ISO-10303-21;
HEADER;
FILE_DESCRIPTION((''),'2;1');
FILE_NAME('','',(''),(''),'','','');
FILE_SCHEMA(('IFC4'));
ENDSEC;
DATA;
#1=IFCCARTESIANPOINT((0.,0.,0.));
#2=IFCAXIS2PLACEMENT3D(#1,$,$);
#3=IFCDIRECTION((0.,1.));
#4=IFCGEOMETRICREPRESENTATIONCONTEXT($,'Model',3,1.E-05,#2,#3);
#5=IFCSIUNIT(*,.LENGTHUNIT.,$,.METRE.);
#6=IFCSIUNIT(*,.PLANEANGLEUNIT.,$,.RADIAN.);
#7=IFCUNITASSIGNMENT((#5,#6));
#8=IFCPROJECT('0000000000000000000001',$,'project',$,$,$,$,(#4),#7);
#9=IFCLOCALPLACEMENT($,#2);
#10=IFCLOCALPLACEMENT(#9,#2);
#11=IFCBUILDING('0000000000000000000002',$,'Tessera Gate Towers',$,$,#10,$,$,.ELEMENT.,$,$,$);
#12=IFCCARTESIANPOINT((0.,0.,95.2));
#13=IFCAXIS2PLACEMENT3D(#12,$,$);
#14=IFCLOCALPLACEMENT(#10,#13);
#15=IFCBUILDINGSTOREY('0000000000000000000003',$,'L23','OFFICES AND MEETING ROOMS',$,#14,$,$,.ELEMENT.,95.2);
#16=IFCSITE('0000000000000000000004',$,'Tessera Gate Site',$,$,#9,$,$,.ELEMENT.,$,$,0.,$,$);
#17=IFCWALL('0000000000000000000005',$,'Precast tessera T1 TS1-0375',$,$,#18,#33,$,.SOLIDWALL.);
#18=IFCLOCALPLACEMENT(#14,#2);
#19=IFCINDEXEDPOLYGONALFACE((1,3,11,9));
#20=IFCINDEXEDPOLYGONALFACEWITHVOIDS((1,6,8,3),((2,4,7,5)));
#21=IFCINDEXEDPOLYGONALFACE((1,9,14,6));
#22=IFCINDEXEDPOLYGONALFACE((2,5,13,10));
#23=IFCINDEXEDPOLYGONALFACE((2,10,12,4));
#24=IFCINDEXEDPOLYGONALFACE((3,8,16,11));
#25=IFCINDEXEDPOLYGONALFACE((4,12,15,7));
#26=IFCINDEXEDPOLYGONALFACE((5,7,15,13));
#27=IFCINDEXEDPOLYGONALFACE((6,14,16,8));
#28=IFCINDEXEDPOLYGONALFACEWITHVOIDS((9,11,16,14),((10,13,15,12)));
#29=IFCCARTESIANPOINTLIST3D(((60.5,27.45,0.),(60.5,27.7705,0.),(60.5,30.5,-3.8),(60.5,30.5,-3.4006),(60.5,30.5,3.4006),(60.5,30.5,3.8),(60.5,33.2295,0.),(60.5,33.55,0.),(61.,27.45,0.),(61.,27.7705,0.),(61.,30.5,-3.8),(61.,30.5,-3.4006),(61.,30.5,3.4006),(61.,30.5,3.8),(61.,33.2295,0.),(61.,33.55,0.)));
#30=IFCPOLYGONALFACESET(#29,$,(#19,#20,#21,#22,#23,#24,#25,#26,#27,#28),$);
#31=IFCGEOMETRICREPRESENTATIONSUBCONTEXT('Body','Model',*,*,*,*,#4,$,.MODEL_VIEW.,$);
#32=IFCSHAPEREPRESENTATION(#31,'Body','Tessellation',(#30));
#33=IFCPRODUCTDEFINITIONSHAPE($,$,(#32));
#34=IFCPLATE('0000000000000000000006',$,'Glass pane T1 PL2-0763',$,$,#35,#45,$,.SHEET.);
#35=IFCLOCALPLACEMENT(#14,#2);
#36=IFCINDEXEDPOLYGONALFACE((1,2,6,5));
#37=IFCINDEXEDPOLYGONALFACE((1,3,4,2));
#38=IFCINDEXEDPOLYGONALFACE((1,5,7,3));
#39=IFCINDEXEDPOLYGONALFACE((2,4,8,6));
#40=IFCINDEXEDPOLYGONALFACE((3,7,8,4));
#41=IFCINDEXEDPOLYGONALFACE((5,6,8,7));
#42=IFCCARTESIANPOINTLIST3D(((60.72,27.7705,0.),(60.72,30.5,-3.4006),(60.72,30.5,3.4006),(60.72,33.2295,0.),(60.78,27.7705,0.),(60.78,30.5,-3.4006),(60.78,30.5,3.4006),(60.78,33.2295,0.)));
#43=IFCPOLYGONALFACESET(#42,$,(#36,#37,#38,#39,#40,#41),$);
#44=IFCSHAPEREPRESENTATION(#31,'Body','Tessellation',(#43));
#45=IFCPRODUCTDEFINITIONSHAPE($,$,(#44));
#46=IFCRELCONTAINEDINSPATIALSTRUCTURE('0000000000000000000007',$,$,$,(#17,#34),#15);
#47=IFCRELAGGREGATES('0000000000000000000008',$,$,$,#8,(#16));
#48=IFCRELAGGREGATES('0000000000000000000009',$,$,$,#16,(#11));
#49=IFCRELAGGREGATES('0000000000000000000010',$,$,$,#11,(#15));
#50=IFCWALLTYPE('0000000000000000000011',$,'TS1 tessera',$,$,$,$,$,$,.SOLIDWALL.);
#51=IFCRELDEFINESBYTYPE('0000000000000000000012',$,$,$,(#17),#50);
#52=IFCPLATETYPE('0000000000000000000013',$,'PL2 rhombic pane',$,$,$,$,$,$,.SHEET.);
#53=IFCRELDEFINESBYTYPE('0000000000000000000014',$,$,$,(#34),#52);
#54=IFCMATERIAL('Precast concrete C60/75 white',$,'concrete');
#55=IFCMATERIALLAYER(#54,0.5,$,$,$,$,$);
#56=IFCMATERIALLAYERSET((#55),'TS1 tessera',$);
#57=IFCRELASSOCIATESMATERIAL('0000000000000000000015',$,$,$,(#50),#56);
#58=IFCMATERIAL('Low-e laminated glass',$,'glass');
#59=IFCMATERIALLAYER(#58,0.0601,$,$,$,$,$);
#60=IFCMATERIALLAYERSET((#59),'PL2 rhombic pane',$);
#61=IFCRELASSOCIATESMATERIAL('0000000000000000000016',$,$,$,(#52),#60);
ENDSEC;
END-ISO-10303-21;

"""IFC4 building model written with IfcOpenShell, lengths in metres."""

from ifc_helpers import new_model, si_unit, direction, frame, origin, place, context, subcontext, project, spatial, polyline, outline, extrude, source, transform, mapped, material, layer, layer_set, type_object, element, fill, save


model = new_model("IFC4")

# Units and contexts
model_context = context("Model", 3, precision=1e-05, world=origin(), true_north=direction((0.0, 1.0)))
body_context = subcontext(model_context, "Body", "Model", "MODEL_VIEW")
ifc_project = project(units=[si_unit("LENGTHUNIT", "METRE"), si_unit("PLANEANGLEUNIT", "RADIAN")], contexts=[model_context])

# Site, building, storey
site_placement = place(None, origin())
site = spatial("IfcSite", under=ifc_project, at=site_placement, Name="Tessera Gate Site", CompositionType="ELEMENT", RefElevation=0.0)
building_placement = place(site_placement, origin())
building = spatial("IfcBuilding", under=site, at=building_placement, Name="Tessera Gate Towers", CompositionType="ELEMENT")
storey_placement = place(building_placement, frame((0.0, 0.0, 95.2)))
storey = spatial("IfcBuildingStorey", under=building, at=storey_placement, Name="L23", Description="OFFICES AND MEETING ROOMS", CompositionType="ELEMENT", Elevation=95.2)

# Wall, opening, plate
ifc_material_1 = material(Name="Precast concrete C60/75 white", Category="concrete")
ifc_layer_1 = layer(ifc_material_1, 0.5)
ifc_layer_set_1 = layer_set([ifc_layer_1], Name="TS1 tessera")
wall_type_1 = type_object("IfcWallType", Name="TS1 tessera", PredefinedType="SOLIDWALL", material=ifc_layer_set_1)
shared_shape_1 = source(origin(), body_context, "Body", "SweptSolid", [
    extrude(outline(polyline([(3.05, 0.0), (6.1001, 3.8), (3.05, 7.6001), (0.0, 3.8), (3.05, 0.0)])), frame((0.0, 0.25, 0.0), z_axis=(0.0, -1.0, 0.0), x_axis=(1.0, 0.0, 0.0)), (0.0, 0.0, 1.0), 0.5),
])
shared_shape_2 = source(origin(), body_context, "Body", "SweptSolid", [
    extrude(outline(polyline([(3.05, 0.3994), (5.7795, 3.8), (3.05, 7.2007), (0.3206, 3.8), (3.05, 0.3994)])), frame((0.0, 0.26, 0.0), z_axis=(0.0, -1.0, 0.0), x_axis=(1.0, 0.0, 0.0)), (0.0, 0.0, 1.0), 0.52),
])
ifc_material_2 = material(Name="Low-e laminated glass", Category="glass")
ifc_layer_2 = layer(ifc_material_2, 0.0601)
ifc_layer_set_2 = layer_set([ifc_layer_2], Name="PL2 rhombic pane")
plate_type = type_object("IfcPlateType", Name="PL2 rhombic pane", PredefinedType="SHEET", material=ifc_layer_set_2)
shared_shape_3 = source(origin(), body_context, "Body", "SweptSolid", [
    extrude(outline(polyline([(3.05, 0.3994), (5.7795, 3.8), (3.05, 7.2007), (0.3206, 3.8), (3.05, 0.3994)])), frame((0.0, 0.03, 0.0), z_axis=(0.0, -1.0, 0.0), x_axis=(1.0, 0.0, 0.0)), (0.0, 0.0, 1.0), 0.0601),
])
wall_1_placement = place(storey_placement, frame((60.75, 27.45, -3.8), z_axis=(0.0, 0.0, 1.0), x_axis=(0.0, 1.0, 0.0)))
wall_1 = element("IfcWall", 1, at=wall_1_placement, inside=storey, type_object=wall_type_1, Name="Precast tessera T1 TS1-0375", PredefinedType="SOLIDWALL", context=body_context, shape_type="MappedRepresentation", body=[
    mapped(shared_shape_1, transform((0.0, 0.0, 0.0), scale=1.0)),
])
opening_1_placement = place(wall_1_placement, origin())
opening_1 = element("IfcOpeningElement", 2, at=opening_1_placement, cuts=wall_1, PredefinedType="OPENING", context=body_context, shape_type="MappedRepresentation", body=[
    mapped(shared_shape_2, transform((0.0, 0.0, 0.0), scale=1.0)),
])
plate_1_placement = place(opening_1_placement, origin())
plate_1 = element("IfcPlate", 3, at=plate_1_placement, inside=storey, type_object=plate_type, Name="Glass pane T1 PL2-0763", PredefinedType="SHEET", context=body_context, shape_type="MappedRepresentation", body=[
    mapped(shared_shape_3, transform((0.0, 0.0, 0.0), scale=1.0)),
])
fill(opening_1, plate_1)

save(model, "model.ifc")
